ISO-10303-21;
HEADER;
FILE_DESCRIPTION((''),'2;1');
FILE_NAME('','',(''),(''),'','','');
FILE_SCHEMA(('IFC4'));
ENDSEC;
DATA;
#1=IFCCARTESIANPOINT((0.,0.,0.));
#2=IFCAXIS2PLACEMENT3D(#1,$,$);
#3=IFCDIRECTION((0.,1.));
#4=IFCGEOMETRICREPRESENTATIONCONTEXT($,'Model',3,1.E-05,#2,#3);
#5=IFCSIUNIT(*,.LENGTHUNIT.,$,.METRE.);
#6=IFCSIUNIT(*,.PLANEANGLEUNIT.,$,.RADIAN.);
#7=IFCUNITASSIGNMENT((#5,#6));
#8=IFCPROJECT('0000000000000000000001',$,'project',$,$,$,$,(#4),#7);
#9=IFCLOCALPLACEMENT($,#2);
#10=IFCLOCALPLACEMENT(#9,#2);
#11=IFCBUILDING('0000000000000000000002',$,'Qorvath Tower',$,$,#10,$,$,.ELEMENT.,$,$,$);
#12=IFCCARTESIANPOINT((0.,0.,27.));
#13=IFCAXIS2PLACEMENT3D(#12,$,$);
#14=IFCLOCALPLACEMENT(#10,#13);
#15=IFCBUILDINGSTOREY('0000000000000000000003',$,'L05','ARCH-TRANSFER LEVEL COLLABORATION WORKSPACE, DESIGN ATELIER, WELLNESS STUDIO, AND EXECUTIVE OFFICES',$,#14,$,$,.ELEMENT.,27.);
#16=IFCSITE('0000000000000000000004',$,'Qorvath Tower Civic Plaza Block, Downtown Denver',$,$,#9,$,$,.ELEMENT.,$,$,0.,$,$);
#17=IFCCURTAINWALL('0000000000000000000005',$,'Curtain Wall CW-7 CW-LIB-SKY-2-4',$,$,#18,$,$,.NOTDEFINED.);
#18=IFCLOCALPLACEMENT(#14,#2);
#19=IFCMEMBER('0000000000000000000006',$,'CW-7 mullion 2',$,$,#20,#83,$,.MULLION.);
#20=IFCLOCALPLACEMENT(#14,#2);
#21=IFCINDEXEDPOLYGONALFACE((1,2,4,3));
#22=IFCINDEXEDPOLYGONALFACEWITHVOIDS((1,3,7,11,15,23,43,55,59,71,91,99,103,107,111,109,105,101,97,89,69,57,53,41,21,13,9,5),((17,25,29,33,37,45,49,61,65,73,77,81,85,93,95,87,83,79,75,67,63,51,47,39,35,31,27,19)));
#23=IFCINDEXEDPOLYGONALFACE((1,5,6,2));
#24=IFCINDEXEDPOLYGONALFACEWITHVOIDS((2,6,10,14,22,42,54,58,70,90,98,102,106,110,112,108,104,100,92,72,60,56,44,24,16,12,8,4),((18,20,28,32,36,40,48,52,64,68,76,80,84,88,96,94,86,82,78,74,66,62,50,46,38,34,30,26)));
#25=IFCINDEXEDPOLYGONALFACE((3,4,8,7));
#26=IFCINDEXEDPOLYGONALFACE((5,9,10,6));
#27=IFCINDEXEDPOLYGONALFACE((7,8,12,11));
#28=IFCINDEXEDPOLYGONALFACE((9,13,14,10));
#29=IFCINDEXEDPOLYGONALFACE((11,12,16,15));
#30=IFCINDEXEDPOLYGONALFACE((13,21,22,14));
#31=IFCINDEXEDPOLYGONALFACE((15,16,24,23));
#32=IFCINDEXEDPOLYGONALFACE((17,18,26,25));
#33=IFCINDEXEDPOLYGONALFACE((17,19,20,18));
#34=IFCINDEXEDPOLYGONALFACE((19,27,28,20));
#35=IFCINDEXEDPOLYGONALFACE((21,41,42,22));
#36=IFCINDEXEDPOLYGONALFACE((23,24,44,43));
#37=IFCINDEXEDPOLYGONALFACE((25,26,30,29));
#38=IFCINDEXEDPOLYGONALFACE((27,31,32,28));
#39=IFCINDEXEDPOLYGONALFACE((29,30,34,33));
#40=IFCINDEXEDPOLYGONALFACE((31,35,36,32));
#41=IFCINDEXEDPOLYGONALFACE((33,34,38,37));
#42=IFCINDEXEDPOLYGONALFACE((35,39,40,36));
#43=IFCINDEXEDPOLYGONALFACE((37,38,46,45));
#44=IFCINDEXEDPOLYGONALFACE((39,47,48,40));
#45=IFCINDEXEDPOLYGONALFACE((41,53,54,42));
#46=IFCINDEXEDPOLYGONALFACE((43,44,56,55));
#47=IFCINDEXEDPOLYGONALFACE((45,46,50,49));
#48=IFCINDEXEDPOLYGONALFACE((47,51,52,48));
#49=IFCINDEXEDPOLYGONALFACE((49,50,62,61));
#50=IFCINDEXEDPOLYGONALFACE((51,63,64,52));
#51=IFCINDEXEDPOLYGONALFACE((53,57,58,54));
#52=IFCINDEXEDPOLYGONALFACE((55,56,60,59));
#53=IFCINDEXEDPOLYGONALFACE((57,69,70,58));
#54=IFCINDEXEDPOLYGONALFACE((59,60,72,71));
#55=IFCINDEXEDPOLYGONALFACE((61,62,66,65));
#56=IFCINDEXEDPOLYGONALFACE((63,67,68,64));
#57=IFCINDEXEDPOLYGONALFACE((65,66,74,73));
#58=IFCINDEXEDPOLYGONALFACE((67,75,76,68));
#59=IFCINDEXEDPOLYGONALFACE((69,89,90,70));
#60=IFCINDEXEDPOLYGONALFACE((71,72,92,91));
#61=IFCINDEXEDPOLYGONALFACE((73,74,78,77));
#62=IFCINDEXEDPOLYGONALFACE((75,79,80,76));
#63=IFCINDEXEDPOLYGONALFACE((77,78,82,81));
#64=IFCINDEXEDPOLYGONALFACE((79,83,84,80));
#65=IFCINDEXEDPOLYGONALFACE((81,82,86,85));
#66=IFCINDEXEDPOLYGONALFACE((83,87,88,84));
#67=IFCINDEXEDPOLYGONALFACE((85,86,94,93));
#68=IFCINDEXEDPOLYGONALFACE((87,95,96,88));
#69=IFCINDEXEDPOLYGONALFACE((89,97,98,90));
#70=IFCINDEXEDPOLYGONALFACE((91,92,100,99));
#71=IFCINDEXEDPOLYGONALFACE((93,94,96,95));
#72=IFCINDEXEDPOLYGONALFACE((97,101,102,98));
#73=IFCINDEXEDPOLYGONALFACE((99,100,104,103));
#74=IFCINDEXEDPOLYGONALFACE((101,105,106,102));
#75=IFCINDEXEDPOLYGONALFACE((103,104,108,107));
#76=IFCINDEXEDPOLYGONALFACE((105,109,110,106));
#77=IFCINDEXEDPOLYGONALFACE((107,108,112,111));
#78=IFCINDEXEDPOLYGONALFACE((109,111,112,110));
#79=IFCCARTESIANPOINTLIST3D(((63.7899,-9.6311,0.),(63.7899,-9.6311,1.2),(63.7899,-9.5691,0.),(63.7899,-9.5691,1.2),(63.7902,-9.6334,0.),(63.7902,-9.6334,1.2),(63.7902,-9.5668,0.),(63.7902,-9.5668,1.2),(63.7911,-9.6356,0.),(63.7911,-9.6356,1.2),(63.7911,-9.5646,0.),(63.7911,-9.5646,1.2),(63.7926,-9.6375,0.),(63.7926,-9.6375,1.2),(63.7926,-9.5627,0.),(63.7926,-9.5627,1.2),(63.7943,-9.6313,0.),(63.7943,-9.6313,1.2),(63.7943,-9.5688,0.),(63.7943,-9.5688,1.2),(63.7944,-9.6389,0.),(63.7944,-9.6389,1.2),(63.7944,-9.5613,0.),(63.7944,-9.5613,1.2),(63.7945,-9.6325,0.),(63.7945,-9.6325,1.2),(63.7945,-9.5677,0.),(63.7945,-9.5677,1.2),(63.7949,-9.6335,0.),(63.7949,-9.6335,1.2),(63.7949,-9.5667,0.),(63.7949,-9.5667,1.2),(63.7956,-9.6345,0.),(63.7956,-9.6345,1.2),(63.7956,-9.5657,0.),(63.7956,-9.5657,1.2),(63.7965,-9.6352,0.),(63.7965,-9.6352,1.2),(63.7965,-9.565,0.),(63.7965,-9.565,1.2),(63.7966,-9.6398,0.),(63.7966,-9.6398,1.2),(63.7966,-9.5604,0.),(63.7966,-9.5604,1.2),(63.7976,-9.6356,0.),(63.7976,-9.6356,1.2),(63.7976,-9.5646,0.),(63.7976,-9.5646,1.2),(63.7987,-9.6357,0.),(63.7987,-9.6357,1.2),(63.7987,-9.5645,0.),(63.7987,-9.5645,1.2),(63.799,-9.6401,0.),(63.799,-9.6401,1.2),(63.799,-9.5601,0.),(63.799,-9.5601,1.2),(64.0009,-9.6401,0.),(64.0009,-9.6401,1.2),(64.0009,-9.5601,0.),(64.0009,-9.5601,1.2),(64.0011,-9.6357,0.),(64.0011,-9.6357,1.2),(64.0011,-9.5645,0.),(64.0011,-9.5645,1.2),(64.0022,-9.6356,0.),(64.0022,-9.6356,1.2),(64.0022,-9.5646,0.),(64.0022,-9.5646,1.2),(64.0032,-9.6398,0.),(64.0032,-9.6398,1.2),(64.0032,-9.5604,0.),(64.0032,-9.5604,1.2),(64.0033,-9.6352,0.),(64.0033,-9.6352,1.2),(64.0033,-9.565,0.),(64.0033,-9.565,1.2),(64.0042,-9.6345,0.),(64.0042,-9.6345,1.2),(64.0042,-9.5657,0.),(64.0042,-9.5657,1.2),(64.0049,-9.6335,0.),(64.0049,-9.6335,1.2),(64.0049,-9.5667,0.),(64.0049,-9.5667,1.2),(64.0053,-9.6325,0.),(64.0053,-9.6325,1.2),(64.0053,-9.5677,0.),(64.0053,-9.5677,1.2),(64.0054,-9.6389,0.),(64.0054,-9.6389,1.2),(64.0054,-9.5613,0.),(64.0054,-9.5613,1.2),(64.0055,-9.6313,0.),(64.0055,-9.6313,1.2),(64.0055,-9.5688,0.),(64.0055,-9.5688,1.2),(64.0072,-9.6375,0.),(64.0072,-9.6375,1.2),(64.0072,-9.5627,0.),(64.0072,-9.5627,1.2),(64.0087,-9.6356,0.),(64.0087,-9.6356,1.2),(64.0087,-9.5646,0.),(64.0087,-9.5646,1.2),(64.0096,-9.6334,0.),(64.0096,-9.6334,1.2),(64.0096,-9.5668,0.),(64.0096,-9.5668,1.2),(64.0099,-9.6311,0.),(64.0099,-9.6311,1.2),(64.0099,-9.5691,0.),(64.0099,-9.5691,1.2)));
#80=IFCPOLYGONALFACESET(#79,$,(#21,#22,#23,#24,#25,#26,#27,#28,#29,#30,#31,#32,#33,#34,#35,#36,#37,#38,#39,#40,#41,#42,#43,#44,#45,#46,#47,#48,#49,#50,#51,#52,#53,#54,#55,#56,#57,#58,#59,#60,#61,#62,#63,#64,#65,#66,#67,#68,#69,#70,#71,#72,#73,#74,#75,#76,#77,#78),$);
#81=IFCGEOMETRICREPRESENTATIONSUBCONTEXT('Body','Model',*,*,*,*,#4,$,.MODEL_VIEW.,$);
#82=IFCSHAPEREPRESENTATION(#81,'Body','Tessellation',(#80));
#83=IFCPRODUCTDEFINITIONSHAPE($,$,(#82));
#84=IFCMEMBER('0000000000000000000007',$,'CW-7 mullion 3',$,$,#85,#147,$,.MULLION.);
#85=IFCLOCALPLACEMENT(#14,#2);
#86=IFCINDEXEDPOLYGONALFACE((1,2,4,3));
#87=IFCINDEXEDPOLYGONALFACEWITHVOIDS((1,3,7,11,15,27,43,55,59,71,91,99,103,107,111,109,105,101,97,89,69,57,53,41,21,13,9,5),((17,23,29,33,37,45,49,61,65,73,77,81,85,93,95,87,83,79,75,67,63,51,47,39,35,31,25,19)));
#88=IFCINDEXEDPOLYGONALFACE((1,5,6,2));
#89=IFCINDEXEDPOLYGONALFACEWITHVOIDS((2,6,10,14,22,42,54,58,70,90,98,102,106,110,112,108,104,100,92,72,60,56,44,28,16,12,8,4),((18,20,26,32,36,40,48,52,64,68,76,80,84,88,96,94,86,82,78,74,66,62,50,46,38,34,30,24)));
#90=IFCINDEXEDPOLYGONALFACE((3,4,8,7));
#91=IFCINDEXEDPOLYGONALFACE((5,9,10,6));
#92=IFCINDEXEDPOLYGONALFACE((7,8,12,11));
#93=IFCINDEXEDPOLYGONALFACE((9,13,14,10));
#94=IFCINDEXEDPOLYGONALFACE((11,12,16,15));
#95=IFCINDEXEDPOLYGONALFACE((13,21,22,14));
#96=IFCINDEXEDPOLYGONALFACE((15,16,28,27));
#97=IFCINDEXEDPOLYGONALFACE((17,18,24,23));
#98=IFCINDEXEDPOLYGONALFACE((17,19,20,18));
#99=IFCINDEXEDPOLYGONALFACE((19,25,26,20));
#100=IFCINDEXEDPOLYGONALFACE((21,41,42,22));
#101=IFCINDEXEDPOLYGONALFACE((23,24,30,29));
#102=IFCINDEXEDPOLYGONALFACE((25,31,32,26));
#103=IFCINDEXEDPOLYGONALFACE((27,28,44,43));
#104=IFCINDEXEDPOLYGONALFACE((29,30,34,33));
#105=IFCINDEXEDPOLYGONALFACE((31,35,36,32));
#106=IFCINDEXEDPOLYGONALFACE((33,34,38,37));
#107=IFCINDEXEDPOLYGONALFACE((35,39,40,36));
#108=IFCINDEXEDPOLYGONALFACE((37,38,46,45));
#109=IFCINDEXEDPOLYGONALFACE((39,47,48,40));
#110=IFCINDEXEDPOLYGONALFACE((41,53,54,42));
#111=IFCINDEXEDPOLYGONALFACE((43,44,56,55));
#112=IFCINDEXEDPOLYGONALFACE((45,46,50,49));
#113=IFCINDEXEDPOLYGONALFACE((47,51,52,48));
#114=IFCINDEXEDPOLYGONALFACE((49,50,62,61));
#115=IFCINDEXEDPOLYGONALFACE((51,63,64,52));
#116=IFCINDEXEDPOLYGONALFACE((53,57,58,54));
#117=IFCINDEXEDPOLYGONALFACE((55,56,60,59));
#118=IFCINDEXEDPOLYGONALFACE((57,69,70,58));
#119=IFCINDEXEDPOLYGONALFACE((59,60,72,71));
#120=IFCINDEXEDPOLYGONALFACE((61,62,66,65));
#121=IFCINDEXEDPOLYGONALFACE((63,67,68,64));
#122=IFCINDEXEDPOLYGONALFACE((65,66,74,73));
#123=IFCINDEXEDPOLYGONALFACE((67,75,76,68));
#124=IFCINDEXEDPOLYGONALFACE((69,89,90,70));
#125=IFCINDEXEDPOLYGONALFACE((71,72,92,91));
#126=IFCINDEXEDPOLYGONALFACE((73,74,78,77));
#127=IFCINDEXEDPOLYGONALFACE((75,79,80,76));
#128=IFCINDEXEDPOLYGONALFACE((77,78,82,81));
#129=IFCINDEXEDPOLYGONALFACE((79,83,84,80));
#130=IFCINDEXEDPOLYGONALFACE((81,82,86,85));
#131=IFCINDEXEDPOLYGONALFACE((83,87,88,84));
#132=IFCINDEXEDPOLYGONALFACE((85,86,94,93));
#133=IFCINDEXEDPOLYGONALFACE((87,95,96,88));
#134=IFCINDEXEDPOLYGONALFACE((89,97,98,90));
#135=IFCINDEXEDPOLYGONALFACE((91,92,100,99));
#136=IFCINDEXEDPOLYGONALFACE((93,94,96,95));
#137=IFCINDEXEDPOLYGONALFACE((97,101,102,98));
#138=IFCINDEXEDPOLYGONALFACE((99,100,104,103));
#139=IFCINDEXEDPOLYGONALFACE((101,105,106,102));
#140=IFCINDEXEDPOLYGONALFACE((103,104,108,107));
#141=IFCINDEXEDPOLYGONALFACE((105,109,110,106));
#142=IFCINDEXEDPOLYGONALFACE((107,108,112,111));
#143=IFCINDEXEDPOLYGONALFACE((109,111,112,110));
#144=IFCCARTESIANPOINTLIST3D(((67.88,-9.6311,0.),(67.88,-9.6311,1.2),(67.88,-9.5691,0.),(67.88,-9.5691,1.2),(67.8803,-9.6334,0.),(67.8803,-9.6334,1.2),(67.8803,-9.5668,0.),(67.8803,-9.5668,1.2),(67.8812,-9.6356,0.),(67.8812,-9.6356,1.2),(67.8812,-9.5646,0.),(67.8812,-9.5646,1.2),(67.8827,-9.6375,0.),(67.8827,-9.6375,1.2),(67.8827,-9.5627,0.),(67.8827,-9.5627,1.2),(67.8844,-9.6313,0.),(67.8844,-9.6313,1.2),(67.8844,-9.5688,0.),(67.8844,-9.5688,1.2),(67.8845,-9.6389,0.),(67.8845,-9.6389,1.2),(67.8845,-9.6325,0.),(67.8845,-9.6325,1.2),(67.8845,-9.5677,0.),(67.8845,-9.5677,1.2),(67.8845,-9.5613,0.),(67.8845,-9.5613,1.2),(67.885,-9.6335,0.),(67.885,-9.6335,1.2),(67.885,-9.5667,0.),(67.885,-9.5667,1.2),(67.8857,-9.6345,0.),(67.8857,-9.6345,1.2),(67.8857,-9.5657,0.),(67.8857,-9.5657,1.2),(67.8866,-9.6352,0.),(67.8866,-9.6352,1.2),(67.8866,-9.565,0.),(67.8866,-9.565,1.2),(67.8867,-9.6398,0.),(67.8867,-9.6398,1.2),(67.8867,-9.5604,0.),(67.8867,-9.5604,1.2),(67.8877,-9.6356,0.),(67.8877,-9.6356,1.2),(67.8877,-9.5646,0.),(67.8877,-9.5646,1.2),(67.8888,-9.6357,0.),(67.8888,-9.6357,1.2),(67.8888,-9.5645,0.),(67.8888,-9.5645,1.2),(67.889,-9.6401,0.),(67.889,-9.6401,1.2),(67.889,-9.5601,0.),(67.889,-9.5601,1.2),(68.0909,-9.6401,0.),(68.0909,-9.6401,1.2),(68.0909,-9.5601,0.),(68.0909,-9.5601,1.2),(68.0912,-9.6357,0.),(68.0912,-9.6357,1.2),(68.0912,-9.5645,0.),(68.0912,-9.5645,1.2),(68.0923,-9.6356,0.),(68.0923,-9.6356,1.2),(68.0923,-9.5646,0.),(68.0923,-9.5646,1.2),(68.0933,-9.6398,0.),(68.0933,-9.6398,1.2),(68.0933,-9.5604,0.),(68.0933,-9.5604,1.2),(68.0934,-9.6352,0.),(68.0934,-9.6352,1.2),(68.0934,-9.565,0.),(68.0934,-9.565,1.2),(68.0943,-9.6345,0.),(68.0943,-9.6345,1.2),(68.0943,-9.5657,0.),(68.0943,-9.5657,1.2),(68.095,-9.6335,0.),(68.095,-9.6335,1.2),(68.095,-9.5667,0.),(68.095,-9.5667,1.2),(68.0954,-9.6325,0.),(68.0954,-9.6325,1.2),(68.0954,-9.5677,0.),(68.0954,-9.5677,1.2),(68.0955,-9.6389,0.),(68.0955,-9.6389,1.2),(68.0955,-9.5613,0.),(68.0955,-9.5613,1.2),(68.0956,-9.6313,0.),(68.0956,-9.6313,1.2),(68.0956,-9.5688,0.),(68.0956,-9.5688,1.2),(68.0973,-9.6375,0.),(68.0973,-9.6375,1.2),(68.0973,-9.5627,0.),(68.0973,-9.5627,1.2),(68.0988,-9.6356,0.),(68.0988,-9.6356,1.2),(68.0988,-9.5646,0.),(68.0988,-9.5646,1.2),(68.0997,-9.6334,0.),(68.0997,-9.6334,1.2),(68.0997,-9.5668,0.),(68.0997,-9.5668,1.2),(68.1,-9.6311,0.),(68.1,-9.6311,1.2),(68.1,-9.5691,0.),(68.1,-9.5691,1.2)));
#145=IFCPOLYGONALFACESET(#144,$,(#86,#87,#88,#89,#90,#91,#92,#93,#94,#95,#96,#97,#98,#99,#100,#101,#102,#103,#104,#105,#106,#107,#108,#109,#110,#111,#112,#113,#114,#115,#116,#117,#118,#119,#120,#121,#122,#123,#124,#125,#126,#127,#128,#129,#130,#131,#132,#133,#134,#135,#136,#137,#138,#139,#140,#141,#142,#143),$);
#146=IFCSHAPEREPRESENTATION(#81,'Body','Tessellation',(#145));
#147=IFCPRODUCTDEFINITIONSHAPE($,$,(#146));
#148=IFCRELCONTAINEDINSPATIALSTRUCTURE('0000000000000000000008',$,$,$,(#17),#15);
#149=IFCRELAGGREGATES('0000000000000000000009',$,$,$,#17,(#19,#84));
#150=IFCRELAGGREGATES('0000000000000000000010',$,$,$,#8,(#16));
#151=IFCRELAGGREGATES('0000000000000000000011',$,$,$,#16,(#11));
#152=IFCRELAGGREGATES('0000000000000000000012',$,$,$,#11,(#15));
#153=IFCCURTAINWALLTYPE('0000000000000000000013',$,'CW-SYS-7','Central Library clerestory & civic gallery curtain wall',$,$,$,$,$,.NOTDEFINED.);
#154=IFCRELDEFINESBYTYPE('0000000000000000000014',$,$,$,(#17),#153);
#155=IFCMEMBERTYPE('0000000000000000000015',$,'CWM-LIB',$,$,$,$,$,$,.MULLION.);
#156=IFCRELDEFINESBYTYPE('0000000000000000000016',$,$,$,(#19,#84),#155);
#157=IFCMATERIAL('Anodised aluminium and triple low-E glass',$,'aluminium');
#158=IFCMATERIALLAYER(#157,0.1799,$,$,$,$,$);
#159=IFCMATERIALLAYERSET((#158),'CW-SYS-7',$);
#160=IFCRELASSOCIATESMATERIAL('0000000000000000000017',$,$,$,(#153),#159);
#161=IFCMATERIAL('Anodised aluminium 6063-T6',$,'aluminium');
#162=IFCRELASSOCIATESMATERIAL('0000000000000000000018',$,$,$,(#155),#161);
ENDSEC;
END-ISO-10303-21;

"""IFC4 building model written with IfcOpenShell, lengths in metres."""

from ifc_helpers import new_model, si_unit, direction, frame, origin, origin_2d, place, context, subcontext, project, spatial, hollow_rectangle, extrude, material, layer, layer_set, material_profile, profile_set, type_object, element, aggregate, save


model = new_model("IFC4")

# Units and contexts
model_context = context("Model", 3, precision=1e-05, world=origin(), true_north=direction((0.0, 1.0)))
body_context = subcontext(model_context, "Body", "Model", "MODEL_VIEW")
ifc_project = project(units=[si_unit("LENGTHUNIT", "METRE"), si_unit("PLANEANGLEUNIT", "RADIAN")], contexts=[model_context])

# Site, building, storey
site_placement = place(None, origin())
site = spatial("IfcSite", under=ifc_project, at=site_placement, Name="Qorvath Tower Civic Plaza Block, Downtown Denver", CompositionType="ELEMENT", RefElevation=0.0)
building_placement = place(site_placement, origin())
building = spatial("IfcBuilding", under=site, at=building_placement, Name="Qorvath Tower", CompositionType="ELEMENT")
storey_placement = place(building_placement, frame((0.0, 0.0, 27.0)))
storey = spatial("IfcBuildingStorey", under=building, at=storey_placement, Name="L05", Description="ARCH-TRANSFER LEVEL COLLABORATION WORKSPACE, DESIGN ATELIER, WELLNESS STUDIO, AND EXECUTIVE OFFICES", CompositionType="ELEMENT", Elevation=27.0)

# Shared definitions
ifc_material_1 = material(Name="Anodised aluminium and triple low-E glass", Category="aluminium")
ifc_layer_1 = layer(ifc_material_1, 0.1799)
ifc_layer_set_1 = layer_set([ifc_layer_1], Name="CW-SYS-7")
curtain_wall_type = type_object("IfcCurtainWallType", Name="CW-SYS-7", Description="Central Library clerestory & civic gallery curtain wall", PredefinedType="NOTDEFINED", material=ifc_layer_set_1)
ifc_material_2 = material(Name="Anodised aluminium 6063-T6", Category="aluminium")
ifc_material_profile_1 = material_profile(ifc_material_2, hollow_rectangle(XDim=0.0801, YDim=0.22, WallThickness=0.0044, InnerFilletRadius=0.0044, OuterFilletRadius=0.009, at=origin_2d()), Name="CWM LIB 220x80")
ifc_profile_set_1 = profile_set([ifc_material_profile_1], Name="Anodised aluminium 6063-T6")
member_type_1 = type_object("IfcMemberType", Name="CWM-LIB", PredefinedType="MULLION", material=ifc_profile_set_1)

# Curtain wall, members
curtain_wall_1_placement = place(storey_placement, origin())
curtain_wall_1 = element("IfcCurtainWall", 1, at=curtain_wall_1_placement, inside=storey, type_object=curtain_wall_type, Name="Curtain Wall CW-7 CW-LIB-SKY-2-4", PredefinedType="NOTDEFINED")
member_1_placement = place(storey_placement, frame((63.8999, -9.6001, 0.0), z_axis=(0.0, 0.0, 1.0), x_axis=(0.0, 1.0, 0.0)))
member_1 = element("IfcMember", 2, at=member_1_placement, type_object=member_type_1, Name="CW-7 mullion 2", PredefinedType="MULLION", context=body_context, shape_type="SweptSolid", body=[
    extrude(hollow_rectangle(XDim=0.0801, YDim=0.22, WallThickness=0.0044, InnerFilletRadius=0.0044, OuterFilletRadius=0.009, at=origin_2d()), origin(), (0.0, 0.0, 1.0), 1.2),
])
member_2_placement = place(storey_placement, frame((67.99, -9.6001, 0.0), z_axis=(0.0, 0.0, 1.0), x_axis=(0.0, 1.0, 0.0)))
member_2 = element("IfcMember", 3, at=member_2_placement, type_object=member_type_1, Name="CW-7 mullion 3", PredefinedType="MULLION", context=body_context, shape_type="SweptSolid", body=[
    extrude(hollow_rectangle(XDim=0.0801, YDim=0.22, WallThickness=0.0044, InnerFilletRadius=0.0044, OuterFilletRadius=0.009, at=origin_2d()), origin(), (0.0, 0.0, 1.0), 1.2),
])

aggregate(curtain_wall_1, [member_1, member_2])

save(model, "model.ifc")
